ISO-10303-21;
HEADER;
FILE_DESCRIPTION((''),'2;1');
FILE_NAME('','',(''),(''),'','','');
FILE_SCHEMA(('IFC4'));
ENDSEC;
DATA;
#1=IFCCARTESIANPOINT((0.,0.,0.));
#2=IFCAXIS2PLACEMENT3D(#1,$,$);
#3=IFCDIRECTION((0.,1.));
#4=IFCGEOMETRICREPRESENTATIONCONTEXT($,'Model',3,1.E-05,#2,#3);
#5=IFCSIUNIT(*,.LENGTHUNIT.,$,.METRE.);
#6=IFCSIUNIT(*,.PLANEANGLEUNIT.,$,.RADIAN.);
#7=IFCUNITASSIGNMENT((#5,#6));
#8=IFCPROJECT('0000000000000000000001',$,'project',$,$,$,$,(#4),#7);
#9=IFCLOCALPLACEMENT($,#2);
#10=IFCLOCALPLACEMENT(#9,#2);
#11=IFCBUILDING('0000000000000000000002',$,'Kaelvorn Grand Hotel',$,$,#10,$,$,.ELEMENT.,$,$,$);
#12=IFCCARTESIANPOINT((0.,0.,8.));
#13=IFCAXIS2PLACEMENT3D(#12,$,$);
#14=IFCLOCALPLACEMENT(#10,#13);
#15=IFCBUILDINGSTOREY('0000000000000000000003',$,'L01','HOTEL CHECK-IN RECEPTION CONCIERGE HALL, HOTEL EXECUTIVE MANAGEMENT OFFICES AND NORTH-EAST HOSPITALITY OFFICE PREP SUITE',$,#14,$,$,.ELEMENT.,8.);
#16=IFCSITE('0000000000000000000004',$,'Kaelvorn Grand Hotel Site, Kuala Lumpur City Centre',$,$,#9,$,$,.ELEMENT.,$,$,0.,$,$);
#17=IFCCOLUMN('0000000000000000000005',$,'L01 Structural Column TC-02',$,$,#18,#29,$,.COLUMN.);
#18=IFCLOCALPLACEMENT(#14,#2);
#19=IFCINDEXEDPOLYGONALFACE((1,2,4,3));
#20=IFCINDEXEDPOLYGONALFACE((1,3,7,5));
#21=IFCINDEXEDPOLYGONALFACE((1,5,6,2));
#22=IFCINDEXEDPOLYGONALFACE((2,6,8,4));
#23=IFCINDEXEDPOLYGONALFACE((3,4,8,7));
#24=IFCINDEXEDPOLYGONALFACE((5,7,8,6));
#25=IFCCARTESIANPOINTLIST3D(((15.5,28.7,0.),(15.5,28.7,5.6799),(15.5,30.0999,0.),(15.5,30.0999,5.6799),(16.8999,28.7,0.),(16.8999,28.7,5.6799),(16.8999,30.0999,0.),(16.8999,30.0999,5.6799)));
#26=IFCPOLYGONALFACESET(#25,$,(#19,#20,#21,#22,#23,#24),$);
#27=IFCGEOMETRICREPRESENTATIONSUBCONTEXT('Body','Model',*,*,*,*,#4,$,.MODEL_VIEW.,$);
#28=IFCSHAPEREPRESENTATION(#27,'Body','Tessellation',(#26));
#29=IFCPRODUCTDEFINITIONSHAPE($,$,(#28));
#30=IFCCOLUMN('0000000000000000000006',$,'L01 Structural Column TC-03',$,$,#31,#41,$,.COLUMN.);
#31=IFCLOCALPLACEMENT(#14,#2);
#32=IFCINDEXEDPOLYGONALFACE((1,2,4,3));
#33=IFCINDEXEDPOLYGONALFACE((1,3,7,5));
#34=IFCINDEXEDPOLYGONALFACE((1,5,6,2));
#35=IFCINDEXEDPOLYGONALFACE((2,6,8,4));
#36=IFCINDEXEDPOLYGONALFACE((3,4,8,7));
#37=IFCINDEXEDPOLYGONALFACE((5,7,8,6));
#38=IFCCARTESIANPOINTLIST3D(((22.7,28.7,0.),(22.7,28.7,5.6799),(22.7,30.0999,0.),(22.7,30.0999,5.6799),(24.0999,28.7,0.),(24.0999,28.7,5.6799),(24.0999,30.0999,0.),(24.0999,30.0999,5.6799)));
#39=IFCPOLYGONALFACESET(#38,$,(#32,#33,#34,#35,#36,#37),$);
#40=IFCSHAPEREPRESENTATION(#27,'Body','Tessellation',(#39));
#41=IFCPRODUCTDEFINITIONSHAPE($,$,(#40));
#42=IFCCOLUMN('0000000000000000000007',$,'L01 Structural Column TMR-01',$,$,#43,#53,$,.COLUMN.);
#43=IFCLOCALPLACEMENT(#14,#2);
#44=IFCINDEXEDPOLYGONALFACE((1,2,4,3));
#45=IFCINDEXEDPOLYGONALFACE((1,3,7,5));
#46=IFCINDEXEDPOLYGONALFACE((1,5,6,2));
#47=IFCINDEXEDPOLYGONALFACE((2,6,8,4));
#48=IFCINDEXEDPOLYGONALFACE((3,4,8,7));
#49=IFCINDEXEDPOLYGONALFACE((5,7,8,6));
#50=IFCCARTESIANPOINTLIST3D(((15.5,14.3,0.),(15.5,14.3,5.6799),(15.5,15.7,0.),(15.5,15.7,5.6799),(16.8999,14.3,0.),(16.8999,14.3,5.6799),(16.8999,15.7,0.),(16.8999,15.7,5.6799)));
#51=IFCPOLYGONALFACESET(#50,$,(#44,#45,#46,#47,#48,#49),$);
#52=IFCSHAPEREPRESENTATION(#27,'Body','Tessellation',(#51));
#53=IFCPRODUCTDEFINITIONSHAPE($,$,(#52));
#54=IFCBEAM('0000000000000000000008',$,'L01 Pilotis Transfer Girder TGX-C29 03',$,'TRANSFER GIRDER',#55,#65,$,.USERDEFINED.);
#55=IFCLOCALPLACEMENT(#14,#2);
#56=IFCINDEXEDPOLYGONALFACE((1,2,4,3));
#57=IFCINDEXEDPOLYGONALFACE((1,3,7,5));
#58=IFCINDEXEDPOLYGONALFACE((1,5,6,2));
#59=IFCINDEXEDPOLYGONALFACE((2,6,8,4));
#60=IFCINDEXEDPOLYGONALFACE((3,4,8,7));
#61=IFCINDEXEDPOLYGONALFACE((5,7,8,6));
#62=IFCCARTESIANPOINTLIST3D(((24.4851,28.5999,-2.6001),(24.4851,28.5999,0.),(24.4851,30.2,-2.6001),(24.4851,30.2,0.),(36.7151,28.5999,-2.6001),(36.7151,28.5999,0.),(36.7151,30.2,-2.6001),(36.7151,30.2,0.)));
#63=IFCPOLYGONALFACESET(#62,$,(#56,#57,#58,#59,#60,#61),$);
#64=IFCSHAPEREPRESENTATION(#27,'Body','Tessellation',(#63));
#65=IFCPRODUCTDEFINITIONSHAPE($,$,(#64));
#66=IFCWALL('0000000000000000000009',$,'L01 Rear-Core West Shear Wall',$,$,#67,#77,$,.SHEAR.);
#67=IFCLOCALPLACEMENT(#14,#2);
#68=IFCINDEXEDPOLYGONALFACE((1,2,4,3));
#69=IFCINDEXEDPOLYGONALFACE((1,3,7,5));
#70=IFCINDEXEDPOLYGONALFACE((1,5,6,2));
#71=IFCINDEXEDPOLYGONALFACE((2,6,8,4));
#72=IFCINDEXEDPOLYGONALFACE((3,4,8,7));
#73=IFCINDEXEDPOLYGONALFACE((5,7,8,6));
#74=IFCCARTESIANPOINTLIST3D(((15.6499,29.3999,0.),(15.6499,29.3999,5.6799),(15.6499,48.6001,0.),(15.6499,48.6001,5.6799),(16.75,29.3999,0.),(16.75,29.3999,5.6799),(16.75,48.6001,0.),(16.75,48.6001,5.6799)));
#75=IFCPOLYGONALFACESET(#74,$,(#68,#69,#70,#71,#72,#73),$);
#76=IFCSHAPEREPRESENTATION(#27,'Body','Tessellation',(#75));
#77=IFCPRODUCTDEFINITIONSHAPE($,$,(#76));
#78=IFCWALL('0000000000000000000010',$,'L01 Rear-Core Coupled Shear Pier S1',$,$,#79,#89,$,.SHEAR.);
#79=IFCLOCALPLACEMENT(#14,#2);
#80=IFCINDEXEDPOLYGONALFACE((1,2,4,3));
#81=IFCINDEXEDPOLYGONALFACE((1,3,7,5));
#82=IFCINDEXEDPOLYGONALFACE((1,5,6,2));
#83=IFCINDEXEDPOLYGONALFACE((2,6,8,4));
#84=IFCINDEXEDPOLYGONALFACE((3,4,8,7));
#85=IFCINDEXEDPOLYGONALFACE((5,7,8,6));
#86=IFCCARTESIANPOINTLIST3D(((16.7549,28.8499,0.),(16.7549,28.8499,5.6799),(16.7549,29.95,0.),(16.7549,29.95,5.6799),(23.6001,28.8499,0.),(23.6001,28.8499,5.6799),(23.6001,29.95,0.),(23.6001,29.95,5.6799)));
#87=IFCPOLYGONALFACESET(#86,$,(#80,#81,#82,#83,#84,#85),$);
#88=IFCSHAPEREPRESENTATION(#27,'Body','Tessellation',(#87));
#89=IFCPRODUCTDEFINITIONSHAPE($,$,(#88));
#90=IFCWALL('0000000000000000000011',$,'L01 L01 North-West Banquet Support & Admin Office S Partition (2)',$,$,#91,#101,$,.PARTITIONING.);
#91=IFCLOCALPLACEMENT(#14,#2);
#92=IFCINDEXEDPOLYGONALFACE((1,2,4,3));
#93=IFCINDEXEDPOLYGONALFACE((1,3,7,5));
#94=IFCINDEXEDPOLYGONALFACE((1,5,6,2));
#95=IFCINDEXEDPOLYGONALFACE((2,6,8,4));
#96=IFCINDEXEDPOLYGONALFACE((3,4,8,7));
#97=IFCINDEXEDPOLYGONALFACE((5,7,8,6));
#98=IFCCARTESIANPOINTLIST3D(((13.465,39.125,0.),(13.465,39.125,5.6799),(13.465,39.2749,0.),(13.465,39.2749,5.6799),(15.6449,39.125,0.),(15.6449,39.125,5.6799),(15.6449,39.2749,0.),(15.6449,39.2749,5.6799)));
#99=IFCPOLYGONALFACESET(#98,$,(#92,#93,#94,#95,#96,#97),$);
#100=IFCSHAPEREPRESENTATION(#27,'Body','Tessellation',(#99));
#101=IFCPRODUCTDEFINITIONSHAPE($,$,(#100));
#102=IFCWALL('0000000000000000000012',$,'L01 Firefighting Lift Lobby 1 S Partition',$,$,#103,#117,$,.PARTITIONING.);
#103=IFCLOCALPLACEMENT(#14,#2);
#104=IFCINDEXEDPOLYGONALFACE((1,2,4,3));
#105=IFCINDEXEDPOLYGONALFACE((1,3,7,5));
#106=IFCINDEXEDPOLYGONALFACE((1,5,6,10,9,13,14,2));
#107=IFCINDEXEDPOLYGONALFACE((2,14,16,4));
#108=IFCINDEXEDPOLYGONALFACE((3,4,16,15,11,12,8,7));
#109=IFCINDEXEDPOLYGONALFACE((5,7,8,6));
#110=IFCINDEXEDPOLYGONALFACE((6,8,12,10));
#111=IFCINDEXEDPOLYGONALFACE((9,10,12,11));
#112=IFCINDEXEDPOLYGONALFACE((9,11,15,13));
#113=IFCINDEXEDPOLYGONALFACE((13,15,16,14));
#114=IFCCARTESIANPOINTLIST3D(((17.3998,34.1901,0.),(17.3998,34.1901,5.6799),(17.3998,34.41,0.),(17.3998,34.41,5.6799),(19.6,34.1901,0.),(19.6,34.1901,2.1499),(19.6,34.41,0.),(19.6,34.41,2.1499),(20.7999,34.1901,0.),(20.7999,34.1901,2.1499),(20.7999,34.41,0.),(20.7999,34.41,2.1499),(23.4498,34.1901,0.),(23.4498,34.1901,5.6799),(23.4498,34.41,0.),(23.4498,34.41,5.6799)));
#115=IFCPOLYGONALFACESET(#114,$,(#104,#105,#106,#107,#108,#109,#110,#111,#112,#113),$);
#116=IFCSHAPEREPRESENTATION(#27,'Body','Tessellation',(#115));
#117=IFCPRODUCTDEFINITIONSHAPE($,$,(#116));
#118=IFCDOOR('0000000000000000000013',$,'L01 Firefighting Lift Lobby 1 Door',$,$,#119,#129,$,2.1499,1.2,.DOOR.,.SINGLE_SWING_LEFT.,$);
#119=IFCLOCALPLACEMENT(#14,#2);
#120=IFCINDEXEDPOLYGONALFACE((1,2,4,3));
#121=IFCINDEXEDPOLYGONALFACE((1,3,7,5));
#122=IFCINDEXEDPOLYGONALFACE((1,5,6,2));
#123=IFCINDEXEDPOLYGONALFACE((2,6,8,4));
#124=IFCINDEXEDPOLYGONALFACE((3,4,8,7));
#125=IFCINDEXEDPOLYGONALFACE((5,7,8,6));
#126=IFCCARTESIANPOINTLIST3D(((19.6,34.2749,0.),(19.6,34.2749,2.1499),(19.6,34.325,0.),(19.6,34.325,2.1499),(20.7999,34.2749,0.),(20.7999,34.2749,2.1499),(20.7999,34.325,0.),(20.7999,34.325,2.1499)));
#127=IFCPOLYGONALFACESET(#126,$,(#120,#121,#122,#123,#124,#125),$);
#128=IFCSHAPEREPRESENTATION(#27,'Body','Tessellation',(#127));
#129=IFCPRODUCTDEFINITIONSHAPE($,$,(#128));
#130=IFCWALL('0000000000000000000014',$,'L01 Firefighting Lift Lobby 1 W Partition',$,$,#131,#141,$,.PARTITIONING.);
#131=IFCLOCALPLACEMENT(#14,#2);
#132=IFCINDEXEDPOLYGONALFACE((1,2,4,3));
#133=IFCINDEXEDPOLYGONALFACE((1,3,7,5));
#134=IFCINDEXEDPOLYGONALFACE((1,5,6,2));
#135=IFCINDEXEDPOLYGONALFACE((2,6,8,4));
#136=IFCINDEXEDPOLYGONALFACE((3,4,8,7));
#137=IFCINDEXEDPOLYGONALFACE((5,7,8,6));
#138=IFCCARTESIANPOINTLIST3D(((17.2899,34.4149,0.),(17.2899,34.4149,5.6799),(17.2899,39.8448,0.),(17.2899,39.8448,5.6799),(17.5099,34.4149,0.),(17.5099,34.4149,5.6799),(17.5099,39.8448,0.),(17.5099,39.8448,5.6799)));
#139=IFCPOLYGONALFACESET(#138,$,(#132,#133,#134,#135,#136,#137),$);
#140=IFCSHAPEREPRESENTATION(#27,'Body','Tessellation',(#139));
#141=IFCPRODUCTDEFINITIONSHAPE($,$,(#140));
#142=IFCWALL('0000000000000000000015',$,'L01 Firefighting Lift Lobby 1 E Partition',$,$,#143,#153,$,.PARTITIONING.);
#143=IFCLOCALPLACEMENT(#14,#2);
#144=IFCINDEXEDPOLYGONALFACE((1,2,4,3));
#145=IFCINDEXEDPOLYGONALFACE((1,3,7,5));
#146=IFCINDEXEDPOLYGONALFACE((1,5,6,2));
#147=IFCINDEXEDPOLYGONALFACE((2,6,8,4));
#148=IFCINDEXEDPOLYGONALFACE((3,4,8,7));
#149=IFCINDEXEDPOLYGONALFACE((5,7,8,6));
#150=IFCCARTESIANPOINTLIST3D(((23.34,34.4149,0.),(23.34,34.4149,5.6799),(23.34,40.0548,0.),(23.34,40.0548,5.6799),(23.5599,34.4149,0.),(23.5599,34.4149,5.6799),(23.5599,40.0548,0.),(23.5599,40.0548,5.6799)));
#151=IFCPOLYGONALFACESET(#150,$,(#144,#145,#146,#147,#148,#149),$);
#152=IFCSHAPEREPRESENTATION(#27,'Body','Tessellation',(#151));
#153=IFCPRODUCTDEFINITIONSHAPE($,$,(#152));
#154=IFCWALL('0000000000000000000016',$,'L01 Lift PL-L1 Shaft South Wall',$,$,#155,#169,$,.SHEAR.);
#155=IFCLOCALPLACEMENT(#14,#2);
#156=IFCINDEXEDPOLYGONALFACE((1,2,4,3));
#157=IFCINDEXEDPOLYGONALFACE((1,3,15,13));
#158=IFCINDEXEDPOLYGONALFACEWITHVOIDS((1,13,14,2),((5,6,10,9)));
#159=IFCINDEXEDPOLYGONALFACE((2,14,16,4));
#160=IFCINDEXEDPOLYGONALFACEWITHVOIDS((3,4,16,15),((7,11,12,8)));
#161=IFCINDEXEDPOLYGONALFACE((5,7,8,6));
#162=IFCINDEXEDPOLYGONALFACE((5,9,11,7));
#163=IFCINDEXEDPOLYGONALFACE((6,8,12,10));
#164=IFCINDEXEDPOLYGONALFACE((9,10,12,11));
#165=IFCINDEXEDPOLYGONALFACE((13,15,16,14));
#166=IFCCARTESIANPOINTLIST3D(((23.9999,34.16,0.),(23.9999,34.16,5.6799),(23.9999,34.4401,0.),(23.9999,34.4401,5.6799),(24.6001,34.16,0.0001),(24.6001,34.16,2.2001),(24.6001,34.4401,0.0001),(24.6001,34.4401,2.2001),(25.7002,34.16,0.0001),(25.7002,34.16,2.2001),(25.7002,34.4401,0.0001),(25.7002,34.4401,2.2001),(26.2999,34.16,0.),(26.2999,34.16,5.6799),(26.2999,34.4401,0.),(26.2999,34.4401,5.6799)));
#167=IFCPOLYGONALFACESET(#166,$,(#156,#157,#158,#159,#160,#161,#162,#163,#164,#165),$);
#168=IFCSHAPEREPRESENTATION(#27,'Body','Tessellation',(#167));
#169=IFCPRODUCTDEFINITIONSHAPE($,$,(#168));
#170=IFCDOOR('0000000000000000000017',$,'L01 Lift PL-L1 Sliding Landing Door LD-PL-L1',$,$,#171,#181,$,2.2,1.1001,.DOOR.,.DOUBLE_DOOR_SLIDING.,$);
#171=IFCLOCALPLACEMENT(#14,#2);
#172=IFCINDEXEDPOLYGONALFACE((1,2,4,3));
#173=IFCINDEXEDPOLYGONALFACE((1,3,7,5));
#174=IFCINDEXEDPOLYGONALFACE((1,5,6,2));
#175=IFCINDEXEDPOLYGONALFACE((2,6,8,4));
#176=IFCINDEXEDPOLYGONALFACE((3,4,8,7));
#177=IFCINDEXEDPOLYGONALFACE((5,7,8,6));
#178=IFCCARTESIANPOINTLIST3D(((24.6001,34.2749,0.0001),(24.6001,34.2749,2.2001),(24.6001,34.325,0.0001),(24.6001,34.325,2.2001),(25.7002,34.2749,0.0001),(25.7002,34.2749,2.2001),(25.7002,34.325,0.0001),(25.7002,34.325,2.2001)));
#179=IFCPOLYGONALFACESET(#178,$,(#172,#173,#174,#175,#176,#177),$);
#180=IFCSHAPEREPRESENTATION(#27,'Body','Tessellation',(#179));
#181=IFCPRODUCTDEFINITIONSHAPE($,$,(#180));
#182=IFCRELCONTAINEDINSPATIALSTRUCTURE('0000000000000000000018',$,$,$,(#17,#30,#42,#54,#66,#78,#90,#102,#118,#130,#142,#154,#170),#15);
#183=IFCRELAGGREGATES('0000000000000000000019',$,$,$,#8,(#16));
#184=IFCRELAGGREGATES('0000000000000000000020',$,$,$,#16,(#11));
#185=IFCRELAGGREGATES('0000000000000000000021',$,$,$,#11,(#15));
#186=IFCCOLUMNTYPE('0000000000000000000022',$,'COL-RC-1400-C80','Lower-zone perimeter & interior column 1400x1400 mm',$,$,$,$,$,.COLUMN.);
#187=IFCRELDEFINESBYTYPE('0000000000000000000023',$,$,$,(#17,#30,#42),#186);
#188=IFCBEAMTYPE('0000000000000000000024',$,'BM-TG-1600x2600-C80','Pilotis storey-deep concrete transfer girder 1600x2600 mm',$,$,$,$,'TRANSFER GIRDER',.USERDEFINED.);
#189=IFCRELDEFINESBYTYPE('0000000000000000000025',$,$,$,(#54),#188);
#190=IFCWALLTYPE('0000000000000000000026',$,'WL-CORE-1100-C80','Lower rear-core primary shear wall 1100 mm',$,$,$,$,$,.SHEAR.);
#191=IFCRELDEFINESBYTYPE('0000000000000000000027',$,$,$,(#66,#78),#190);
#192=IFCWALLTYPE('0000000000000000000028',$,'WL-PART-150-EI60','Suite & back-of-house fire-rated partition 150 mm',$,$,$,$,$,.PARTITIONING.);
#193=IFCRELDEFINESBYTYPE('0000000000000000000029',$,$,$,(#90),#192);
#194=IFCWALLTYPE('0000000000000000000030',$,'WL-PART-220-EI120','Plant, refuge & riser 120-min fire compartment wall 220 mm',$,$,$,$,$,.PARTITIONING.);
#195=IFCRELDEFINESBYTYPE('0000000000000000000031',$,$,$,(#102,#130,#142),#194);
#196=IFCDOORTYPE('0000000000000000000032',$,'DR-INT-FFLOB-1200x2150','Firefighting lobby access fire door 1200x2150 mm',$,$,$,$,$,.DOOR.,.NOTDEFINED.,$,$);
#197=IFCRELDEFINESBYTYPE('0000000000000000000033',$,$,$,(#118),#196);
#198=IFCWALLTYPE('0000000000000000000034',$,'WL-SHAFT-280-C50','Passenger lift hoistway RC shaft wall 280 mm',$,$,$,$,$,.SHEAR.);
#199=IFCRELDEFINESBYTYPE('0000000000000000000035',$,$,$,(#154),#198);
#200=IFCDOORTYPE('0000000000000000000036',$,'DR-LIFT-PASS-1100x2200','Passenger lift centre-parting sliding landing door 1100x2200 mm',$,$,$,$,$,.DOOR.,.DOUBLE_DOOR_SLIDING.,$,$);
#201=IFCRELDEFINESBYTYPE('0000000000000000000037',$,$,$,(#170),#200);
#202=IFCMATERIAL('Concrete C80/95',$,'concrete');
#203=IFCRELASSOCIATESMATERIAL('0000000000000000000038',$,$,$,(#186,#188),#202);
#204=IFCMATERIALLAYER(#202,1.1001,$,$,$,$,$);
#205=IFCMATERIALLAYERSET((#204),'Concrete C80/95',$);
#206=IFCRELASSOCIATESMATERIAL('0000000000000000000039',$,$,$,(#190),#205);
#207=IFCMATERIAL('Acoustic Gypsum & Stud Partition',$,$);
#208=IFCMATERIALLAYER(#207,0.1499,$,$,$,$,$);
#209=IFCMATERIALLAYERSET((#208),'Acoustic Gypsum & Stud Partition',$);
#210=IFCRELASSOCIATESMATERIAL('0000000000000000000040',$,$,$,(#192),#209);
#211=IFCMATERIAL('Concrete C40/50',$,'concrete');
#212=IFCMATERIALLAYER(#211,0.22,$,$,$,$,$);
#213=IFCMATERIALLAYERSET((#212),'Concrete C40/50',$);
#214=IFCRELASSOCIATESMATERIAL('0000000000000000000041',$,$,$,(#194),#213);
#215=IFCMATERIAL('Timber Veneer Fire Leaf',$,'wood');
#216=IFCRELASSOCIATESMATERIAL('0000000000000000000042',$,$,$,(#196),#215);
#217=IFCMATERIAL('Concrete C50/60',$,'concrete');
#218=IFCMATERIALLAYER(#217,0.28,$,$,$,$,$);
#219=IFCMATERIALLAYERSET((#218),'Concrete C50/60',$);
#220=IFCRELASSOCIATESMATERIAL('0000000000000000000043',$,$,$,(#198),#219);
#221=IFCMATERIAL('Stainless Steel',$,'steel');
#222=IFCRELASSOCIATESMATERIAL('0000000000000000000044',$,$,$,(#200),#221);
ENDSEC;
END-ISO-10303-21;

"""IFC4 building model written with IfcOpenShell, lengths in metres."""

from ifc_helpers import new_model, si_unit, direction, frame, frame_2d, origin, origin_2d, place, context, subcontext, project, spatial, rectangle, extrude, material, layer, layer_set, material_profile, profile_set, type_object, element, fill, save


model = new_model("IFC4")

# Units and contexts
model_context = context("Model", 3, precision=1e-05, world=origin(), true_north=direction((0.0, 1.0)))
body_context = subcontext(model_context, "Body", "Model", "MODEL_VIEW")
ifc_project = project(units=[si_unit("LENGTHUNIT", "METRE"), si_unit("PLANEANGLEUNIT", "RADIAN")], contexts=[model_context])

# Site, building, storey
site_placement = place(None, origin())
site = spatial("IfcSite", under=ifc_project, at=site_placement, Name="Kaelvorn Grand Hotel Site, Kuala Lumpur City Centre", CompositionType="ELEMENT", RefElevation=0.0)
building_placement = place(site_placement, origin())
building = spatial("IfcBuilding", under=site, at=building_placement, Name="Kaelvorn Grand Hotel", CompositionType="ELEMENT")
storey_placement = place(building_placement, frame((0.0, 0.0, 8.0)))
storey = spatial("IfcBuildingStorey", under=building, at=storey_placement, Name="L01", Description="HOTEL CHECK-IN RECEPTION CONCIERGE HALL, HOTEL EXECUTIVE MANAGEMENT OFFICES AND NORTH-EAST HOSPITALITY OFFICE PREP SUITE", CompositionType="ELEMENT", Elevation=8.0)

# Columns
ifc_material_1 = material(Name="Concrete C80/95", Category="concrete")
ifc_material_profile_1 = material_profile(ifc_material_1, rectangle(XDim=1.3999, YDim=1.3999, at=origin_2d()), Name="RC COL 1400x1400")
ifc_profile_set_1 = profile_set([ifc_material_profile_1], Name="Concrete C80/95")
column_type = type_object("IfcColumnType", Name="COL-RC-1400-C80", Description="Lower-zone perimeter & interior column 1400x1400 mm", PredefinedType="COLUMN", material=ifc_profile_set_1)
for number, where, z_axis, x_axis, name in (
    (1, (16.2, 29.3999, 0.0), (0.0, 0.0, 1.0), (1.0, 0.0, 0.0), "L01 Structural Column TC-02"),
    (2, (23.3999, 29.3999, 0.0), (0.0, 0.0, 1.0), (1.0, 0.0, 0.0), "L01 Structural Column TC-03"),
    (3, (16.2, 15.0, 0.0), (0.0, 0.0, 1.0), (1.0, 0.0, 0.0), "L01 Structural Column TMR-01"),
):
    element("IfcColumn", number, at=place(storey_placement, frame(where, z_axis=z_axis, x_axis=x_axis)), inside=storey, type_object=column_type, Name=name, PredefinedType="COLUMN", context=body_context, shape_type="SweptSolid", body=[
        extrude(rectangle(XDim=1.3999, YDim=1.3999, at=origin_2d()), origin(), (0.0, 0.0, 1.0), 5.6799),
    ])

# Beam
ifc_material_profile_2 = material_profile(ifc_material_1, rectangle(XDim=1.6001, YDim=2.6001, at=origin_2d()), Name="RC TG 1600x2600")
ifc_profile_set_2 = profile_set([ifc_material_profile_2], Name="Concrete C80/95")
beam_type = type_object("IfcBeamType", Name="BM-TG-1600x2600-C80", Description="Pilotis storey-deep concrete transfer girder 1600x2600 mm", ElementType="TRANSFER GIRDER", PredefinedType="USERDEFINED", material=ifc_profile_set_2)
beam_placement = place(storey_placement, frame((24.4851, 29.3999, -1.3), z_axis=(1.0, 0.0, 0.0), x_axis=(0.0, 1.0, 0.0)))
element("IfcBeam", 4, at=beam_placement, inside=storey, type_object=beam_type, Name="L01 Pilotis Transfer Girder TGX-C29 03", ObjectType="TRANSFER GIRDER", PredefinedType="USERDEFINED", context=body_context, shape_type="SweptSolid", body=[
    extrude(rectangle(XDim=1.6001, YDim=2.6001, at=origin_2d()), origin(), (0.0, 0.0, 1.0), 12.23),
])

# Walls
ifc_layer_1 = layer(ifc_material_1, 1.1001)
ifc_layer_set_1 = layer_set([ifc_layer_1], Name="Concrete C80/95")
wall_type_1 = type_object("IfcWallType", Name="WL-CORE-1100-C80", Description="Lower rear-core primary shear wall 1100 mm", PredefinedType="SHEAR", material=ifc_layer_set_1)
wall_1_placement = place(storey_placement, frame((16.2, 29.3999, 0.0), z_axis=(0.0, 0.0, 1.0), x_axis=(0.0, 1.0, 0.0)))
element("IfcWall", 5, at=wall_1_placement, inside=storey, type_object=wall_type_1, Name="L01 Rear-Core West Shear Wall", PredefinedType="SHEAR", context=body_context, shape_type="SweptSolid", body=[
    extrude(rectangle(XDim=19.2002, YDim=1.1001, at=frame_2d((9.6001, 0.0))), origin(), (0.0, 0.0, 1.0), 5.6799),
])
wall_2_placement = place(storey_placement, frame((16.7549, 29.3999, 0.0), z_axis=(0.0, 0.0, 1.0), x_axis=(1.0, 0.0, 0.0)))
element("IfcWall", 6, at=wall_2_placement, inside=storey, type_object=wall_type_1, Name="L01 Rear-Core Coupled Shear Pier S1", PredefinedType="SHEAR", context=body_context, shape_type="SweptSolid", body=[
    extrude(rectangle(XDim=6.8452, YDim=1.1001, at=frame_2d((3.4226, 0.0))), origin(), (0.0, 0.0, 1.0), 5.6799),
])
ifc_material_2 = material(Name="Acoustic Gypsum & Stud Partition")
ifc_layer_2 = layer(ifc_material_2, 0.1499)
ifc_layer_set_2 = layer_set([ifc_layer_2], Name="Acoustic Gypsum & Stud Partition")
wall_type_2 = type_object("IfcWallType", Name="WL-PART-150-EI60", Description="Suite & back-of-house fire-rated partition 150 mm", PredefinedType="PARTITIONING", material=ifc_layer_set_2)
wall_3_placement = place(storey_placement, frame((13.4651, 39.2, 0.0), z_axis=(0.0, 0.0, 1.0), x_axis=(1.0, 0.0, 0.0)))
element("IfcWall", 7, at=wall_3_placement, inside=storey, type_object=wall_type_2, Name="L01 L01 North-West Banquet Support & Admin Office S Partition (2)", PredefinedType="PARTITIONING", context=body_context, shape_type="SweptSolid", body=[
    extrude(rectangle(XDim=2.1799, YDim=0.1499, at=frame_2d((1.0898, 0.0))), origin(), (0.0, 0.0, 1.0), 5.6799),
])

# Wall, opening, door
ifc_material_3 = material(Name="Concrete C40/50", Category="concrete")
ifc_layer_3 = layer(ifc_material_3, 0.22)
ifc_layer_set_3 = layer_set([ifc_layer_3], Name="Concrete C40/50")
wall_type_3 = type_object("IfcWallType", Name="WL-PART-220-EI120", Description="Plant, refuge & riser 120-min fire compartment wall 220 mm", PredefinedType="PARTITIONING", material=ifc_layer_set_3)
wall_4_placement = place(storey_placement, frame((17.3999, 34.3, 0.0), z_axis=(0.0, 0.0, 1.0), x_axis=(1.0, 0.0, 0.0)))
wall_4 = element("IfcWall", 8, at=wall_4_placement, inside=storey, type_object=wall_type_3, Name="L01 Firefighting Lift Lobby 1 S Partition", PredefinedType="PARTITIONING", context=body_context, shape_type="SweptSolid", body=[
    extrude(rectangle(XDim=6.05, YDim=0.22, at=frame_2d((3.0249, 0.0))), origin(), (0.0, 0.0, 1.0), 5.6799),
])
opening_1_placement = place(wall_4_placement, frame((2.2, 0.0, 0.0)))
opening_1 = element("IfcOpeningElement", 9, at=opening_1_placement, cuts=wall_4, PredefinedType="OPENING", context=body_context, shape_type="SweptSolid", body=[
    extrude(rectangle(XDim=1.2, YDim=2.1499, at=frame_2d((0.6001, 1.075))), frame((0.0, 0.1201, 0.0), z_axis=(0.0, -1.0, 0.0), x_axis=(1.0, 0.0, 0.0)), (0.0, 0.0, 1.0), 0.24),
])
ifc_material_4 = material(Name="Timber Veneer Fire Leaf", Category="wood")
door_type_1 = type_object("IfcDoorType", Name="DR-INT-FFLOB-1200x2150", Description="Firefighting lobby access fire door 1200x2150 mm", OperationType="NOTDEFINED", PredefinedType="DOOR", material=ifc_material_4)
door_1_placement = place(opening_1_placement, origin())
door_1 = element("IfcDoor", 10, at=door_1_placement, inside=storey, type_object=door_type_1, Name="L01 Firefighting Lift Lobby 1 Door", OperationType="SINGLE_SWING_LEFT", OverallHeight=2.1499, OverallWidth=1.2, PredefinedType="DOOR", context=body_context, shape_type="SweptSolid", body=[
    extrude(rectangle(XDim=1.2, YDim=2.1499, at=frame_2d((0.6001, 1.075))), frame((0.0, 0.0249, 0.0), z_axis=(0.0, -1.0, 0.0), x_axis=(1.0, 0.0, 0.0)), (0.0, 0.0, 1.0), 0.05),
])
fill(opening_1, door_1)

# Walls
wall_5_placement = place(storey_placement, frame((17.3999, 34.415, 0.0), z_axis=(0.0, 0.0, 1.0), x_axis=(0.0, 1.0, 0.0)))
element("IfcWall", 11, at=wall_5_placement, inside=storey, type_object=wall_type_3, Name="L01 Firefighting Lift Lobby 1 W Partition", PredefinedType="PARTITIONING", context=body_context, shape_type="SweptSolid", body=[
    extrude(rectangle(XDim=5.4299, YDim=0.22, at=frame_2d((2.7148, 0.0))), origin(), (0.0, 0.0, 1.0), 5.6799),
])
wall_6_placement = place(storey_placement, frame((23.45, 34.415, 0.0), z_axis=(0.0, 0.0, 1.0), x_axis=(0.0, 1.0, 0.0)))
element("IfcWall", 12, at=wall_6_placement, inside=storey, type_object=wall_type_3, Name="L01 Firefighting Lift Lobby 1 E Partition", PredefinedType="PARTITIONING", context=body_context, shape_type="SweptSolid", body=[
    extrude(rectangle(XDim=5.6399, YDim=0.22, at=frame_2d((2.8198, 0.0))), origin(), (0.0, 0.0, 1.0), 5.6799),
])

# Wall, opening, door
ifc_material_5 = material(Name="Concrete C50/60", Category="concrete")
ifc_layer_4 = layer(ifc_material_5, 0.28)
ifc_layer_set_4 = layer_set([ifc_layer_4], Name="Concrete C50/60")
wall_type_4 = type_object("IfcWallType", Name="WL-SHAFT-280-C50", Description="Passenger lift hoistway RC shaft wall 280 mm", PredefinedType="SHEAR", material=ifc_layer_set_4)
wall_7_placement = place(storey_placement, frame((24.0, 34.3, 0.0), z_axis=(0.0, 0.0, 1.0), x_axis=(1.0, 0.0, 0.0)))
wall_7 = element("IfcWall", 13, at=wall_7_placement, inside=storey, type_object=wall_type_4, Name="L01 Lift PL-L1 Shaft South Wall", PredefinedType="SHEAR", context=body_context, shape_type="SweptSolid", body=[
    extrude(rectangle(XDim=2.3, YDim=0.28, at=frame_2d((1.1499, 0.0))), origin(), (0.0, 0.0, 1.0), 5.6799),
])
opening_2_placement = place(wall_7_placement, frame((0.6001, 0.0, 0.0)))
opening_2 = element("IfcOpeningElement", 14, at=opening_2_placement, cuts=wall_7, PredefinedType="OPENING", context=body_context, shape_type="SweptSolid", body=[
    extrude(rectangle(XDim=1.1001, YDim=2.2, at=frame_2d((0.55, 1.1001))), frame((0.0, 0.1499, 0.0), z_axis=(0.0, -1.0, 0.0), x_axis=(1.0, 0.0, 0.0)), (0.0, 0.0, 1.0), 0.3),
])
ifc_material_6 = material(Name="Stainless Steel", Category="steel")
door_type_2 = type_object("IfcDoorType", Name="DR-LIFT-PASS-1100x2200", Description="Passenger lift centre-parting sliding landing door 1100x2200 mm", OperationType="DOUBLE_DOOR_SLIDING", PredefinedType="DOOR", material=ifc_material_6)
door_2_placement = place(opening_2_placement, origin())
door_2 = element("IfcDoor", 15, at=door_2_placement, inside=storey, type_object=door_type_2, Name="L01 Lift PL-L1 Sliding Landing Door LD-PL-L1", OperationType="DOUBLE_DOOR_SLIDING", OverallHeight=2.2, OverallWidth=1.1001, PredefinedType="DOOR", context=body_context, shape_type="SweptSolid", body=[
    extrude(rectangle(XDim=1.1001, YDim=2.2, at=frame_2d((0.55, 1.1001))), frame((0.0, 0.0249, 0.0), z_axis=(0.0, -1.0, 0.0), x_axis=(1.0, 0.0, 0.0)), (0.0, 0.0, 1.0), 0.05),
])
fill(opening_2, door_2)

save(model, "model.ifc")
